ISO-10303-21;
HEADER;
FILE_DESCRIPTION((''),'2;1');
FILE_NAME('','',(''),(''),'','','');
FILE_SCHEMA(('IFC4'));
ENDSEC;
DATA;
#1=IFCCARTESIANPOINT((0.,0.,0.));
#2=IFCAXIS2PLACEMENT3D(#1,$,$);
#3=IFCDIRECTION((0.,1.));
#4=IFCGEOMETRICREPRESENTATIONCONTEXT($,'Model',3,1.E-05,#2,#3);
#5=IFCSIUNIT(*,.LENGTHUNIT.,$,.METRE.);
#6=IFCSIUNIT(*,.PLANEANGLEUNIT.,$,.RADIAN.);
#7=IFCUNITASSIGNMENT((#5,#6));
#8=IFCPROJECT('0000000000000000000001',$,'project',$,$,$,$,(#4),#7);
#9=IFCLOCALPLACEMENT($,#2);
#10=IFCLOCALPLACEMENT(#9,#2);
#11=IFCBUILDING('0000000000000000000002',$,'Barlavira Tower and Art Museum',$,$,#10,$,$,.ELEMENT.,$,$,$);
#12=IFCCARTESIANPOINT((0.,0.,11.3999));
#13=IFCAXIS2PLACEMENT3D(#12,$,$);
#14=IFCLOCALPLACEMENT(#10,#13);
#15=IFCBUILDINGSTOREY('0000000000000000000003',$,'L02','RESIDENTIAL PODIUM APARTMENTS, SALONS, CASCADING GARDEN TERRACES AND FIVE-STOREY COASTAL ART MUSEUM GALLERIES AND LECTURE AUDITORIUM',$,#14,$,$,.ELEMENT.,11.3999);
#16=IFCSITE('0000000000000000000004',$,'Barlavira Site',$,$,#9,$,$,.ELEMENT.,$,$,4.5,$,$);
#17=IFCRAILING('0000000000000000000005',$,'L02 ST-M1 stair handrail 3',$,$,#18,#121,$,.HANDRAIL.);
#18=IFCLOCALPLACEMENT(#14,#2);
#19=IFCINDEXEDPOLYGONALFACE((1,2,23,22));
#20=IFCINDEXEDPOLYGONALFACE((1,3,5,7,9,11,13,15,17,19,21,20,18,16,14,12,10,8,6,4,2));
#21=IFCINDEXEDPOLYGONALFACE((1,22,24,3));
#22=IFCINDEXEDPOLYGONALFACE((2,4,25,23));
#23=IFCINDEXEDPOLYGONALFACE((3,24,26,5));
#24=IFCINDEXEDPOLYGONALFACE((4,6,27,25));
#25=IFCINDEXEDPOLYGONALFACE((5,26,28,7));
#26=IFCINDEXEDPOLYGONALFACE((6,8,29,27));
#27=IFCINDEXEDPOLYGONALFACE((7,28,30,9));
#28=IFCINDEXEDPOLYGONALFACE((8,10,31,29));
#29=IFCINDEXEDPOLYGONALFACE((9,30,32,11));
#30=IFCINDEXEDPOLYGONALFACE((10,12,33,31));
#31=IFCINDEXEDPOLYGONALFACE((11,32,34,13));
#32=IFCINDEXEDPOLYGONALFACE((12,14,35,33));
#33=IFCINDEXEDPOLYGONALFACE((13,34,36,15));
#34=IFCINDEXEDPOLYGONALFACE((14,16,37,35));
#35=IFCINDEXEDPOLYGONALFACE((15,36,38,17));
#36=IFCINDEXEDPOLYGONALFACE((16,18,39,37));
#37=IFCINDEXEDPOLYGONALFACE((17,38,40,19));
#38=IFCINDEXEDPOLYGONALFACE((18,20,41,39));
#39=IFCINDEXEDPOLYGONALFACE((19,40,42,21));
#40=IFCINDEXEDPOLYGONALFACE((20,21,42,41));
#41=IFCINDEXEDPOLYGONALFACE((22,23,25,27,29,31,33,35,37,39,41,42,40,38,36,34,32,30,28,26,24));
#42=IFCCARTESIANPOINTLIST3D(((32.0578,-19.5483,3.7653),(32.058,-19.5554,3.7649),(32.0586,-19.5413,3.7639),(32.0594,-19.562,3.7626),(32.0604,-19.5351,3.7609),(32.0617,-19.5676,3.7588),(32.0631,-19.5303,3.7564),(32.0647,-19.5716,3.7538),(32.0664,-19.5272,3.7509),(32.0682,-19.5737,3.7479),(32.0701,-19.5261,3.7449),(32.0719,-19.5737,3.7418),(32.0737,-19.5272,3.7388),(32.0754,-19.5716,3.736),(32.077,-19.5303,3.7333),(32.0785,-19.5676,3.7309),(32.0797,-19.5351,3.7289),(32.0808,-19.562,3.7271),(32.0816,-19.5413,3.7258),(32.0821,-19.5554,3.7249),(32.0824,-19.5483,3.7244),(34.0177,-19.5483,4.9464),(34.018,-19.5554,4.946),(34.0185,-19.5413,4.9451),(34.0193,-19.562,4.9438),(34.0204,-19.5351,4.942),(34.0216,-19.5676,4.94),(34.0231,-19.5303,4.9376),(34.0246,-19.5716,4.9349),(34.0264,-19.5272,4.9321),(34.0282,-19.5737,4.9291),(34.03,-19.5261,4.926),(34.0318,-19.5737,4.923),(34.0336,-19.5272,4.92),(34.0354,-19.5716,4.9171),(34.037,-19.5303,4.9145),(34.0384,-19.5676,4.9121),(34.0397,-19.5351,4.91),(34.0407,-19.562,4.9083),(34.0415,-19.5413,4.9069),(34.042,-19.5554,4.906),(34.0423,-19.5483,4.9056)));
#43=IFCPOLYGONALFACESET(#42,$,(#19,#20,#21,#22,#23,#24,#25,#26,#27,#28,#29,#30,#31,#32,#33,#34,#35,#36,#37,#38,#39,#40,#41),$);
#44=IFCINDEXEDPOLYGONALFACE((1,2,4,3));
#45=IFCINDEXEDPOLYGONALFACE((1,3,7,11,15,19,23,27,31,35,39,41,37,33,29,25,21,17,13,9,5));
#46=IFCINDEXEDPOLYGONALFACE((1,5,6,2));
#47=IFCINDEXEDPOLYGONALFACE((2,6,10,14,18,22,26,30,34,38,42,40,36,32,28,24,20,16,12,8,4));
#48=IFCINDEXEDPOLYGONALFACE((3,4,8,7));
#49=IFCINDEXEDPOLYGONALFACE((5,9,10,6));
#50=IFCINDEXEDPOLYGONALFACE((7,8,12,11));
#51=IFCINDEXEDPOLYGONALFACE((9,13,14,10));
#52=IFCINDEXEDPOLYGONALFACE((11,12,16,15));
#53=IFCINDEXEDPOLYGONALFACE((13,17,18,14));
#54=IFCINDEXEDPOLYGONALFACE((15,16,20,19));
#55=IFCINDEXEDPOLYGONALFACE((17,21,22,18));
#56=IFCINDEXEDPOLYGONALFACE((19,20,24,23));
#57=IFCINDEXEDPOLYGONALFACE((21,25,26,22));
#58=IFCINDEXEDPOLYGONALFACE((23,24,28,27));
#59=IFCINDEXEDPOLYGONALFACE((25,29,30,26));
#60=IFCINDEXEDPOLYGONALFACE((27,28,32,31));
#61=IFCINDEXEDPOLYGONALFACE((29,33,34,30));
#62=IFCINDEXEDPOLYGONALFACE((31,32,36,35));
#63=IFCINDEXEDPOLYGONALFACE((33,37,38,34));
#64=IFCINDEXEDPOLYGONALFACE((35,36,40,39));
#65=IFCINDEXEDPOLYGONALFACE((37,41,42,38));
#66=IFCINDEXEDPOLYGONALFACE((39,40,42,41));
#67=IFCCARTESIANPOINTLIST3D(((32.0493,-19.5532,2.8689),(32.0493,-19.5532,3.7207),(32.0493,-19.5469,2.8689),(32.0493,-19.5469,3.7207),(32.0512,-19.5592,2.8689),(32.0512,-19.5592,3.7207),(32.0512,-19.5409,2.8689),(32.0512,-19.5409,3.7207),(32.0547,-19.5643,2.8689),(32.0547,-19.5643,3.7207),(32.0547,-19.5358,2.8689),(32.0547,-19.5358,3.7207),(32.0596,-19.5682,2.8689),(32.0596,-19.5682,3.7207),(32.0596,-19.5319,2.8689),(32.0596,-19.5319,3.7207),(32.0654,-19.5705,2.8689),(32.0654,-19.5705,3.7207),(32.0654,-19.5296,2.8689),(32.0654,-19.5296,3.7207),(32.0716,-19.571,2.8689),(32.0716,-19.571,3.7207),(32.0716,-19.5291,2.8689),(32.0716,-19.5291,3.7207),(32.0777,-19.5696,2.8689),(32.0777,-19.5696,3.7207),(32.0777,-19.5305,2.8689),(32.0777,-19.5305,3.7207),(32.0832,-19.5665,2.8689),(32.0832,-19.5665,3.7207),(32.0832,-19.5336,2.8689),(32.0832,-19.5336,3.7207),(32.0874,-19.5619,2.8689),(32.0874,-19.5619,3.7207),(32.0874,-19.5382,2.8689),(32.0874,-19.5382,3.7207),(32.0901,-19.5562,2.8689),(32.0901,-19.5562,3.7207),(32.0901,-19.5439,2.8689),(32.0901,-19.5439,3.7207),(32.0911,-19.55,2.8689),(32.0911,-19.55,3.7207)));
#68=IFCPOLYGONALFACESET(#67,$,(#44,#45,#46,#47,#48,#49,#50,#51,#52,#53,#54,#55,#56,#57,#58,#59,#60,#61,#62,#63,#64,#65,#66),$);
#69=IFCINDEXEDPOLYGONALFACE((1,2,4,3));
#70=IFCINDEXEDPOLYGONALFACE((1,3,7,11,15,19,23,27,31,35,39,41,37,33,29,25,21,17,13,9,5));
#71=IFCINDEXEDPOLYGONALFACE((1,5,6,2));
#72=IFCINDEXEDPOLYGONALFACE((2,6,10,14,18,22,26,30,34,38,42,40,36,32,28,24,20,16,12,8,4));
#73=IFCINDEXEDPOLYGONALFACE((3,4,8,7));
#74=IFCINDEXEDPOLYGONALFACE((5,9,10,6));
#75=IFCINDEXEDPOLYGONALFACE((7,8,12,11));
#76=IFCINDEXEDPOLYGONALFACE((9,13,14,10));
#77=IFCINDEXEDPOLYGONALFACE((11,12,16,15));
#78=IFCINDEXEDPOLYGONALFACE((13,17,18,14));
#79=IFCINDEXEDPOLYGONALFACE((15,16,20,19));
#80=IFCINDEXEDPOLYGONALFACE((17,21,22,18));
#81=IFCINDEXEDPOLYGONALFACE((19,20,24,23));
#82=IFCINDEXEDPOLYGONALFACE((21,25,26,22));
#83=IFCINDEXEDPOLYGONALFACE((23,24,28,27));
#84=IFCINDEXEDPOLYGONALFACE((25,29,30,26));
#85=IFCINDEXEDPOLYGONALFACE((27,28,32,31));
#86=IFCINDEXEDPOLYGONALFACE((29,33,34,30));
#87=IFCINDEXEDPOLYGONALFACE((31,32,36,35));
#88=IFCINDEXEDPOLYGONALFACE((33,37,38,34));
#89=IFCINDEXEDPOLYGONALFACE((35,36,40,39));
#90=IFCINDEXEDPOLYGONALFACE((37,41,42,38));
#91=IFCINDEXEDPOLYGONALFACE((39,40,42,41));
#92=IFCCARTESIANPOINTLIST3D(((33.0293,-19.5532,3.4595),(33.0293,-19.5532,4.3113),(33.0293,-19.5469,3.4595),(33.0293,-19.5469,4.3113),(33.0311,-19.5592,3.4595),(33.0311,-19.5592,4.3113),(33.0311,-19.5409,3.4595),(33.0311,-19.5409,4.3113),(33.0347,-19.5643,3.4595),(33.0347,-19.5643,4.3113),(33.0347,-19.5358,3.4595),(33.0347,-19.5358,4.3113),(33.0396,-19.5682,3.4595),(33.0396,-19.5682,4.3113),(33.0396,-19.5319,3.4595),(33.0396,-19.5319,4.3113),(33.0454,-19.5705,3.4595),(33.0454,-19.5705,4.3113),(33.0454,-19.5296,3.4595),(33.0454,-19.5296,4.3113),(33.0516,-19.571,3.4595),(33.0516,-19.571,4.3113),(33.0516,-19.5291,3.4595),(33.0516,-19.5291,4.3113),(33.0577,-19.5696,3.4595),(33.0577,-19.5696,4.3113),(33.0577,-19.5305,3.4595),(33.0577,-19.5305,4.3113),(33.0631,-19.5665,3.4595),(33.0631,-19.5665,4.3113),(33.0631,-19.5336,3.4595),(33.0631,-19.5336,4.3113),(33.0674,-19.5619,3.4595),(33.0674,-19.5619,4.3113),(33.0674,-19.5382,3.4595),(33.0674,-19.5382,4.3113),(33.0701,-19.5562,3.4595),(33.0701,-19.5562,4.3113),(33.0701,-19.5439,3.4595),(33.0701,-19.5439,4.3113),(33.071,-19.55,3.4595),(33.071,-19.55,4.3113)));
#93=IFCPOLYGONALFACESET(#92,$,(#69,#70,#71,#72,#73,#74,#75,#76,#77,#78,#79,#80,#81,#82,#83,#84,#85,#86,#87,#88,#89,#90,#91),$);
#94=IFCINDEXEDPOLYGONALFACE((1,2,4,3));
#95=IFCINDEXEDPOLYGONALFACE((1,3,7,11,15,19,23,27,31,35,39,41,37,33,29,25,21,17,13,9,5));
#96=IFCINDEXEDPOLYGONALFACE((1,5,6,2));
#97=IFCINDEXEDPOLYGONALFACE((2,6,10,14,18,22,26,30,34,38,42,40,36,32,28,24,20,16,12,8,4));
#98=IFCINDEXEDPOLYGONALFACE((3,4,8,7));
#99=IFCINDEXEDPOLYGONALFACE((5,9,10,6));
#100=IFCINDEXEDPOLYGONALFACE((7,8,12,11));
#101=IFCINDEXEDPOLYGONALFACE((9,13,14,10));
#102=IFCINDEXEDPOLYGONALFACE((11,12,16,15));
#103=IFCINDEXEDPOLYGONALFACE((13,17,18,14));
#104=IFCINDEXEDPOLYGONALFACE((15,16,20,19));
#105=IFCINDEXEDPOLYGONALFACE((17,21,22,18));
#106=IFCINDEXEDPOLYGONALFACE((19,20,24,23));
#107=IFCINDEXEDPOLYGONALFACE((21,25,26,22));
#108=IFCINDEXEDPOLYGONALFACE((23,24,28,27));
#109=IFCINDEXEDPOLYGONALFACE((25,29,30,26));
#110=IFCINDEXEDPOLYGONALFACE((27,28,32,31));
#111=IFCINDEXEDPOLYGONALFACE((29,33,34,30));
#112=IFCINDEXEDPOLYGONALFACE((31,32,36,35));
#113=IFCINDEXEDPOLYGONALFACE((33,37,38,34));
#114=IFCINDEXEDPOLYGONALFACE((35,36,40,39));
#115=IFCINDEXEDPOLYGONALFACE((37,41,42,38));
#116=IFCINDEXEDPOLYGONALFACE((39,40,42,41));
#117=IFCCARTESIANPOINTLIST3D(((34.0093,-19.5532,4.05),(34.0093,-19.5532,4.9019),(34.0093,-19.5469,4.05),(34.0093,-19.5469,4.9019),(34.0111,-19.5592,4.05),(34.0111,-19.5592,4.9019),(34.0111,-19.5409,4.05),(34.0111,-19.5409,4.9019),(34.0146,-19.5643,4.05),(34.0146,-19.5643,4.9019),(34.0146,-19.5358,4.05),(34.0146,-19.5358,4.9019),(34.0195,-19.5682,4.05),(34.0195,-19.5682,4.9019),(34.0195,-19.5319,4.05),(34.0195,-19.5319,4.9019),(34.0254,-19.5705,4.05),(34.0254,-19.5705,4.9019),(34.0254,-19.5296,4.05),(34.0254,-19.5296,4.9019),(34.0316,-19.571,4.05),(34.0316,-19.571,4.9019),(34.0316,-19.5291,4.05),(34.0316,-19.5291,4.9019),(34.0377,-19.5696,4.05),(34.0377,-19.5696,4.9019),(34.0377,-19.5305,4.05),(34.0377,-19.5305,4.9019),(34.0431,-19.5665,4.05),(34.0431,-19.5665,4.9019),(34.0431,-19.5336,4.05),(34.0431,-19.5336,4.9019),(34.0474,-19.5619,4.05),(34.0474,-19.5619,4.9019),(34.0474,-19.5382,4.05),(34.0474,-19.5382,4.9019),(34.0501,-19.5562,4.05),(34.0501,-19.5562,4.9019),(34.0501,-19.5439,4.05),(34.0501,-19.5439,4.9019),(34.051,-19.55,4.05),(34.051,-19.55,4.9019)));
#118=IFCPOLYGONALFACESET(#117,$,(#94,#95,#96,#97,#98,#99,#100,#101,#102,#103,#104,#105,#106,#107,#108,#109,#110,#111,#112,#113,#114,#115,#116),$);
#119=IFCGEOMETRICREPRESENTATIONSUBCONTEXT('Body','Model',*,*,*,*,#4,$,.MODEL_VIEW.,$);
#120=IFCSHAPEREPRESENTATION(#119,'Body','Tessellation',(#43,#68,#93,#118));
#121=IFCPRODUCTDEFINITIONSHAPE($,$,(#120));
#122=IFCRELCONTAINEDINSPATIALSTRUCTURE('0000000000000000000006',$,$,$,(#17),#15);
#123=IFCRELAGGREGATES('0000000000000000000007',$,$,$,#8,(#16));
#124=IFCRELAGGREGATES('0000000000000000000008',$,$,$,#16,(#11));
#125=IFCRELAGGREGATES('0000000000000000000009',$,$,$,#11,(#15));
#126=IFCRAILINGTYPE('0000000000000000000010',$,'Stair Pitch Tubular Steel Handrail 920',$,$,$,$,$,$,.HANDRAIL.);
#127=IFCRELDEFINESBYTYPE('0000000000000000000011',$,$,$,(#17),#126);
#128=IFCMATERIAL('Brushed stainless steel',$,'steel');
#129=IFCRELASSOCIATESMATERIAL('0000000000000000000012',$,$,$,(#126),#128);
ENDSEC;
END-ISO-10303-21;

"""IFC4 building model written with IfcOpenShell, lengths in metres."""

from ifc_helpers import new_model, si_unit, direction, frame, origin, origin_2d, place, context, subcontext, project, spatial, circle, extrude, material, type_object, element, save


model = new_model("IFC4")

# Units and contexts
model_context = context("Model", 3, precision=1e-05, world=origin(), true_north=direction((0.0, 1.0)))
body_context = subcontext(model_context, "Body", "Model", "MODEL_VIEW")
ifc_project = project(units=[si_unit("LENGTHUNIT", "METRE"), si_unit("PLANEANGLEUNIT", "RADIAN")], contexts=[model_context])

# Site, building, storey
site_placement = place(None, origin())
site = spatial("IfcSite", under=ifc_project, at=site_placement, Name="Barlavira Site", CompositionType="ELEMENT", RefElevation=4.5)
building_placement = place(site_placement, origin())
building = spatial("IfcBuilding", under=site, at=building_placement, Name="Barlavira Tower and Art Museum", CompositionType="ELEMENT")
storey_placement = place(building_placement, frame((0.0, 0.0, 11.3999)))
storey = spatial("IfcBuildingStorey", under=building, at=storey_placement, Name="L02", Description="RESIDENTIAL PODIUM APARTMENTS, SALONS, CASCADING GARDEN TERRACES AND FIVE-STOREY COASTAL ART MUSEUM GALLERIES AND LECTURE AUDITORIUM", CompositionType="ELEMENT", Elevation=11.3999)

# Shared definitions
ifc_material_1 = material(Name="Brushed stainless steel", Category="steel")

# Railing
railing_type_1 = type_object("IfcRailingType", Name="Stair Pitch Tubular Steel Handrail 920", PredefinedType="HANDRAIL", material=ifc_material_1)
railing_1_placement = place(storey_placement, frame((32.0701, -19.55, 2.8689)))
element("IfcRailing", 1, at=railing_1_placement, inside=storey, type_object=railing_type_1, Name="L02 ST-M1 stair handrail 3", PredefinedType="HANDRAIL", context=body_context, shape_type="SweptSolid", body=[
    extrude(circle(Radius=0.0239, at=origin_2d()), frame((0.0, 0.0, 0.876), z_axis=(0.856493, 0.0, 0.516158), x_axis=(0.0, 1.0, 0.0)), (0.0, 0.0, 1.0), 2.2883),
    extrude(circle(Radius=0.021, at=origin_2d()), origin(), (0.0, 0.0, 1.0), 0.8518),
    extrude(circle(Radius=0.021, at=origin_2d()), frame((0.98, 0.0, 0.5906)), (0.0, 0.0, 1.0), 0.8518),
    extrude(circle(Radius=0.021, at=origin_2d()), frame((1.96, 0.0, 1.1812)), (0.0, 0.0, 1.0), 0.8518),
])

save(model, "model.ifc")
